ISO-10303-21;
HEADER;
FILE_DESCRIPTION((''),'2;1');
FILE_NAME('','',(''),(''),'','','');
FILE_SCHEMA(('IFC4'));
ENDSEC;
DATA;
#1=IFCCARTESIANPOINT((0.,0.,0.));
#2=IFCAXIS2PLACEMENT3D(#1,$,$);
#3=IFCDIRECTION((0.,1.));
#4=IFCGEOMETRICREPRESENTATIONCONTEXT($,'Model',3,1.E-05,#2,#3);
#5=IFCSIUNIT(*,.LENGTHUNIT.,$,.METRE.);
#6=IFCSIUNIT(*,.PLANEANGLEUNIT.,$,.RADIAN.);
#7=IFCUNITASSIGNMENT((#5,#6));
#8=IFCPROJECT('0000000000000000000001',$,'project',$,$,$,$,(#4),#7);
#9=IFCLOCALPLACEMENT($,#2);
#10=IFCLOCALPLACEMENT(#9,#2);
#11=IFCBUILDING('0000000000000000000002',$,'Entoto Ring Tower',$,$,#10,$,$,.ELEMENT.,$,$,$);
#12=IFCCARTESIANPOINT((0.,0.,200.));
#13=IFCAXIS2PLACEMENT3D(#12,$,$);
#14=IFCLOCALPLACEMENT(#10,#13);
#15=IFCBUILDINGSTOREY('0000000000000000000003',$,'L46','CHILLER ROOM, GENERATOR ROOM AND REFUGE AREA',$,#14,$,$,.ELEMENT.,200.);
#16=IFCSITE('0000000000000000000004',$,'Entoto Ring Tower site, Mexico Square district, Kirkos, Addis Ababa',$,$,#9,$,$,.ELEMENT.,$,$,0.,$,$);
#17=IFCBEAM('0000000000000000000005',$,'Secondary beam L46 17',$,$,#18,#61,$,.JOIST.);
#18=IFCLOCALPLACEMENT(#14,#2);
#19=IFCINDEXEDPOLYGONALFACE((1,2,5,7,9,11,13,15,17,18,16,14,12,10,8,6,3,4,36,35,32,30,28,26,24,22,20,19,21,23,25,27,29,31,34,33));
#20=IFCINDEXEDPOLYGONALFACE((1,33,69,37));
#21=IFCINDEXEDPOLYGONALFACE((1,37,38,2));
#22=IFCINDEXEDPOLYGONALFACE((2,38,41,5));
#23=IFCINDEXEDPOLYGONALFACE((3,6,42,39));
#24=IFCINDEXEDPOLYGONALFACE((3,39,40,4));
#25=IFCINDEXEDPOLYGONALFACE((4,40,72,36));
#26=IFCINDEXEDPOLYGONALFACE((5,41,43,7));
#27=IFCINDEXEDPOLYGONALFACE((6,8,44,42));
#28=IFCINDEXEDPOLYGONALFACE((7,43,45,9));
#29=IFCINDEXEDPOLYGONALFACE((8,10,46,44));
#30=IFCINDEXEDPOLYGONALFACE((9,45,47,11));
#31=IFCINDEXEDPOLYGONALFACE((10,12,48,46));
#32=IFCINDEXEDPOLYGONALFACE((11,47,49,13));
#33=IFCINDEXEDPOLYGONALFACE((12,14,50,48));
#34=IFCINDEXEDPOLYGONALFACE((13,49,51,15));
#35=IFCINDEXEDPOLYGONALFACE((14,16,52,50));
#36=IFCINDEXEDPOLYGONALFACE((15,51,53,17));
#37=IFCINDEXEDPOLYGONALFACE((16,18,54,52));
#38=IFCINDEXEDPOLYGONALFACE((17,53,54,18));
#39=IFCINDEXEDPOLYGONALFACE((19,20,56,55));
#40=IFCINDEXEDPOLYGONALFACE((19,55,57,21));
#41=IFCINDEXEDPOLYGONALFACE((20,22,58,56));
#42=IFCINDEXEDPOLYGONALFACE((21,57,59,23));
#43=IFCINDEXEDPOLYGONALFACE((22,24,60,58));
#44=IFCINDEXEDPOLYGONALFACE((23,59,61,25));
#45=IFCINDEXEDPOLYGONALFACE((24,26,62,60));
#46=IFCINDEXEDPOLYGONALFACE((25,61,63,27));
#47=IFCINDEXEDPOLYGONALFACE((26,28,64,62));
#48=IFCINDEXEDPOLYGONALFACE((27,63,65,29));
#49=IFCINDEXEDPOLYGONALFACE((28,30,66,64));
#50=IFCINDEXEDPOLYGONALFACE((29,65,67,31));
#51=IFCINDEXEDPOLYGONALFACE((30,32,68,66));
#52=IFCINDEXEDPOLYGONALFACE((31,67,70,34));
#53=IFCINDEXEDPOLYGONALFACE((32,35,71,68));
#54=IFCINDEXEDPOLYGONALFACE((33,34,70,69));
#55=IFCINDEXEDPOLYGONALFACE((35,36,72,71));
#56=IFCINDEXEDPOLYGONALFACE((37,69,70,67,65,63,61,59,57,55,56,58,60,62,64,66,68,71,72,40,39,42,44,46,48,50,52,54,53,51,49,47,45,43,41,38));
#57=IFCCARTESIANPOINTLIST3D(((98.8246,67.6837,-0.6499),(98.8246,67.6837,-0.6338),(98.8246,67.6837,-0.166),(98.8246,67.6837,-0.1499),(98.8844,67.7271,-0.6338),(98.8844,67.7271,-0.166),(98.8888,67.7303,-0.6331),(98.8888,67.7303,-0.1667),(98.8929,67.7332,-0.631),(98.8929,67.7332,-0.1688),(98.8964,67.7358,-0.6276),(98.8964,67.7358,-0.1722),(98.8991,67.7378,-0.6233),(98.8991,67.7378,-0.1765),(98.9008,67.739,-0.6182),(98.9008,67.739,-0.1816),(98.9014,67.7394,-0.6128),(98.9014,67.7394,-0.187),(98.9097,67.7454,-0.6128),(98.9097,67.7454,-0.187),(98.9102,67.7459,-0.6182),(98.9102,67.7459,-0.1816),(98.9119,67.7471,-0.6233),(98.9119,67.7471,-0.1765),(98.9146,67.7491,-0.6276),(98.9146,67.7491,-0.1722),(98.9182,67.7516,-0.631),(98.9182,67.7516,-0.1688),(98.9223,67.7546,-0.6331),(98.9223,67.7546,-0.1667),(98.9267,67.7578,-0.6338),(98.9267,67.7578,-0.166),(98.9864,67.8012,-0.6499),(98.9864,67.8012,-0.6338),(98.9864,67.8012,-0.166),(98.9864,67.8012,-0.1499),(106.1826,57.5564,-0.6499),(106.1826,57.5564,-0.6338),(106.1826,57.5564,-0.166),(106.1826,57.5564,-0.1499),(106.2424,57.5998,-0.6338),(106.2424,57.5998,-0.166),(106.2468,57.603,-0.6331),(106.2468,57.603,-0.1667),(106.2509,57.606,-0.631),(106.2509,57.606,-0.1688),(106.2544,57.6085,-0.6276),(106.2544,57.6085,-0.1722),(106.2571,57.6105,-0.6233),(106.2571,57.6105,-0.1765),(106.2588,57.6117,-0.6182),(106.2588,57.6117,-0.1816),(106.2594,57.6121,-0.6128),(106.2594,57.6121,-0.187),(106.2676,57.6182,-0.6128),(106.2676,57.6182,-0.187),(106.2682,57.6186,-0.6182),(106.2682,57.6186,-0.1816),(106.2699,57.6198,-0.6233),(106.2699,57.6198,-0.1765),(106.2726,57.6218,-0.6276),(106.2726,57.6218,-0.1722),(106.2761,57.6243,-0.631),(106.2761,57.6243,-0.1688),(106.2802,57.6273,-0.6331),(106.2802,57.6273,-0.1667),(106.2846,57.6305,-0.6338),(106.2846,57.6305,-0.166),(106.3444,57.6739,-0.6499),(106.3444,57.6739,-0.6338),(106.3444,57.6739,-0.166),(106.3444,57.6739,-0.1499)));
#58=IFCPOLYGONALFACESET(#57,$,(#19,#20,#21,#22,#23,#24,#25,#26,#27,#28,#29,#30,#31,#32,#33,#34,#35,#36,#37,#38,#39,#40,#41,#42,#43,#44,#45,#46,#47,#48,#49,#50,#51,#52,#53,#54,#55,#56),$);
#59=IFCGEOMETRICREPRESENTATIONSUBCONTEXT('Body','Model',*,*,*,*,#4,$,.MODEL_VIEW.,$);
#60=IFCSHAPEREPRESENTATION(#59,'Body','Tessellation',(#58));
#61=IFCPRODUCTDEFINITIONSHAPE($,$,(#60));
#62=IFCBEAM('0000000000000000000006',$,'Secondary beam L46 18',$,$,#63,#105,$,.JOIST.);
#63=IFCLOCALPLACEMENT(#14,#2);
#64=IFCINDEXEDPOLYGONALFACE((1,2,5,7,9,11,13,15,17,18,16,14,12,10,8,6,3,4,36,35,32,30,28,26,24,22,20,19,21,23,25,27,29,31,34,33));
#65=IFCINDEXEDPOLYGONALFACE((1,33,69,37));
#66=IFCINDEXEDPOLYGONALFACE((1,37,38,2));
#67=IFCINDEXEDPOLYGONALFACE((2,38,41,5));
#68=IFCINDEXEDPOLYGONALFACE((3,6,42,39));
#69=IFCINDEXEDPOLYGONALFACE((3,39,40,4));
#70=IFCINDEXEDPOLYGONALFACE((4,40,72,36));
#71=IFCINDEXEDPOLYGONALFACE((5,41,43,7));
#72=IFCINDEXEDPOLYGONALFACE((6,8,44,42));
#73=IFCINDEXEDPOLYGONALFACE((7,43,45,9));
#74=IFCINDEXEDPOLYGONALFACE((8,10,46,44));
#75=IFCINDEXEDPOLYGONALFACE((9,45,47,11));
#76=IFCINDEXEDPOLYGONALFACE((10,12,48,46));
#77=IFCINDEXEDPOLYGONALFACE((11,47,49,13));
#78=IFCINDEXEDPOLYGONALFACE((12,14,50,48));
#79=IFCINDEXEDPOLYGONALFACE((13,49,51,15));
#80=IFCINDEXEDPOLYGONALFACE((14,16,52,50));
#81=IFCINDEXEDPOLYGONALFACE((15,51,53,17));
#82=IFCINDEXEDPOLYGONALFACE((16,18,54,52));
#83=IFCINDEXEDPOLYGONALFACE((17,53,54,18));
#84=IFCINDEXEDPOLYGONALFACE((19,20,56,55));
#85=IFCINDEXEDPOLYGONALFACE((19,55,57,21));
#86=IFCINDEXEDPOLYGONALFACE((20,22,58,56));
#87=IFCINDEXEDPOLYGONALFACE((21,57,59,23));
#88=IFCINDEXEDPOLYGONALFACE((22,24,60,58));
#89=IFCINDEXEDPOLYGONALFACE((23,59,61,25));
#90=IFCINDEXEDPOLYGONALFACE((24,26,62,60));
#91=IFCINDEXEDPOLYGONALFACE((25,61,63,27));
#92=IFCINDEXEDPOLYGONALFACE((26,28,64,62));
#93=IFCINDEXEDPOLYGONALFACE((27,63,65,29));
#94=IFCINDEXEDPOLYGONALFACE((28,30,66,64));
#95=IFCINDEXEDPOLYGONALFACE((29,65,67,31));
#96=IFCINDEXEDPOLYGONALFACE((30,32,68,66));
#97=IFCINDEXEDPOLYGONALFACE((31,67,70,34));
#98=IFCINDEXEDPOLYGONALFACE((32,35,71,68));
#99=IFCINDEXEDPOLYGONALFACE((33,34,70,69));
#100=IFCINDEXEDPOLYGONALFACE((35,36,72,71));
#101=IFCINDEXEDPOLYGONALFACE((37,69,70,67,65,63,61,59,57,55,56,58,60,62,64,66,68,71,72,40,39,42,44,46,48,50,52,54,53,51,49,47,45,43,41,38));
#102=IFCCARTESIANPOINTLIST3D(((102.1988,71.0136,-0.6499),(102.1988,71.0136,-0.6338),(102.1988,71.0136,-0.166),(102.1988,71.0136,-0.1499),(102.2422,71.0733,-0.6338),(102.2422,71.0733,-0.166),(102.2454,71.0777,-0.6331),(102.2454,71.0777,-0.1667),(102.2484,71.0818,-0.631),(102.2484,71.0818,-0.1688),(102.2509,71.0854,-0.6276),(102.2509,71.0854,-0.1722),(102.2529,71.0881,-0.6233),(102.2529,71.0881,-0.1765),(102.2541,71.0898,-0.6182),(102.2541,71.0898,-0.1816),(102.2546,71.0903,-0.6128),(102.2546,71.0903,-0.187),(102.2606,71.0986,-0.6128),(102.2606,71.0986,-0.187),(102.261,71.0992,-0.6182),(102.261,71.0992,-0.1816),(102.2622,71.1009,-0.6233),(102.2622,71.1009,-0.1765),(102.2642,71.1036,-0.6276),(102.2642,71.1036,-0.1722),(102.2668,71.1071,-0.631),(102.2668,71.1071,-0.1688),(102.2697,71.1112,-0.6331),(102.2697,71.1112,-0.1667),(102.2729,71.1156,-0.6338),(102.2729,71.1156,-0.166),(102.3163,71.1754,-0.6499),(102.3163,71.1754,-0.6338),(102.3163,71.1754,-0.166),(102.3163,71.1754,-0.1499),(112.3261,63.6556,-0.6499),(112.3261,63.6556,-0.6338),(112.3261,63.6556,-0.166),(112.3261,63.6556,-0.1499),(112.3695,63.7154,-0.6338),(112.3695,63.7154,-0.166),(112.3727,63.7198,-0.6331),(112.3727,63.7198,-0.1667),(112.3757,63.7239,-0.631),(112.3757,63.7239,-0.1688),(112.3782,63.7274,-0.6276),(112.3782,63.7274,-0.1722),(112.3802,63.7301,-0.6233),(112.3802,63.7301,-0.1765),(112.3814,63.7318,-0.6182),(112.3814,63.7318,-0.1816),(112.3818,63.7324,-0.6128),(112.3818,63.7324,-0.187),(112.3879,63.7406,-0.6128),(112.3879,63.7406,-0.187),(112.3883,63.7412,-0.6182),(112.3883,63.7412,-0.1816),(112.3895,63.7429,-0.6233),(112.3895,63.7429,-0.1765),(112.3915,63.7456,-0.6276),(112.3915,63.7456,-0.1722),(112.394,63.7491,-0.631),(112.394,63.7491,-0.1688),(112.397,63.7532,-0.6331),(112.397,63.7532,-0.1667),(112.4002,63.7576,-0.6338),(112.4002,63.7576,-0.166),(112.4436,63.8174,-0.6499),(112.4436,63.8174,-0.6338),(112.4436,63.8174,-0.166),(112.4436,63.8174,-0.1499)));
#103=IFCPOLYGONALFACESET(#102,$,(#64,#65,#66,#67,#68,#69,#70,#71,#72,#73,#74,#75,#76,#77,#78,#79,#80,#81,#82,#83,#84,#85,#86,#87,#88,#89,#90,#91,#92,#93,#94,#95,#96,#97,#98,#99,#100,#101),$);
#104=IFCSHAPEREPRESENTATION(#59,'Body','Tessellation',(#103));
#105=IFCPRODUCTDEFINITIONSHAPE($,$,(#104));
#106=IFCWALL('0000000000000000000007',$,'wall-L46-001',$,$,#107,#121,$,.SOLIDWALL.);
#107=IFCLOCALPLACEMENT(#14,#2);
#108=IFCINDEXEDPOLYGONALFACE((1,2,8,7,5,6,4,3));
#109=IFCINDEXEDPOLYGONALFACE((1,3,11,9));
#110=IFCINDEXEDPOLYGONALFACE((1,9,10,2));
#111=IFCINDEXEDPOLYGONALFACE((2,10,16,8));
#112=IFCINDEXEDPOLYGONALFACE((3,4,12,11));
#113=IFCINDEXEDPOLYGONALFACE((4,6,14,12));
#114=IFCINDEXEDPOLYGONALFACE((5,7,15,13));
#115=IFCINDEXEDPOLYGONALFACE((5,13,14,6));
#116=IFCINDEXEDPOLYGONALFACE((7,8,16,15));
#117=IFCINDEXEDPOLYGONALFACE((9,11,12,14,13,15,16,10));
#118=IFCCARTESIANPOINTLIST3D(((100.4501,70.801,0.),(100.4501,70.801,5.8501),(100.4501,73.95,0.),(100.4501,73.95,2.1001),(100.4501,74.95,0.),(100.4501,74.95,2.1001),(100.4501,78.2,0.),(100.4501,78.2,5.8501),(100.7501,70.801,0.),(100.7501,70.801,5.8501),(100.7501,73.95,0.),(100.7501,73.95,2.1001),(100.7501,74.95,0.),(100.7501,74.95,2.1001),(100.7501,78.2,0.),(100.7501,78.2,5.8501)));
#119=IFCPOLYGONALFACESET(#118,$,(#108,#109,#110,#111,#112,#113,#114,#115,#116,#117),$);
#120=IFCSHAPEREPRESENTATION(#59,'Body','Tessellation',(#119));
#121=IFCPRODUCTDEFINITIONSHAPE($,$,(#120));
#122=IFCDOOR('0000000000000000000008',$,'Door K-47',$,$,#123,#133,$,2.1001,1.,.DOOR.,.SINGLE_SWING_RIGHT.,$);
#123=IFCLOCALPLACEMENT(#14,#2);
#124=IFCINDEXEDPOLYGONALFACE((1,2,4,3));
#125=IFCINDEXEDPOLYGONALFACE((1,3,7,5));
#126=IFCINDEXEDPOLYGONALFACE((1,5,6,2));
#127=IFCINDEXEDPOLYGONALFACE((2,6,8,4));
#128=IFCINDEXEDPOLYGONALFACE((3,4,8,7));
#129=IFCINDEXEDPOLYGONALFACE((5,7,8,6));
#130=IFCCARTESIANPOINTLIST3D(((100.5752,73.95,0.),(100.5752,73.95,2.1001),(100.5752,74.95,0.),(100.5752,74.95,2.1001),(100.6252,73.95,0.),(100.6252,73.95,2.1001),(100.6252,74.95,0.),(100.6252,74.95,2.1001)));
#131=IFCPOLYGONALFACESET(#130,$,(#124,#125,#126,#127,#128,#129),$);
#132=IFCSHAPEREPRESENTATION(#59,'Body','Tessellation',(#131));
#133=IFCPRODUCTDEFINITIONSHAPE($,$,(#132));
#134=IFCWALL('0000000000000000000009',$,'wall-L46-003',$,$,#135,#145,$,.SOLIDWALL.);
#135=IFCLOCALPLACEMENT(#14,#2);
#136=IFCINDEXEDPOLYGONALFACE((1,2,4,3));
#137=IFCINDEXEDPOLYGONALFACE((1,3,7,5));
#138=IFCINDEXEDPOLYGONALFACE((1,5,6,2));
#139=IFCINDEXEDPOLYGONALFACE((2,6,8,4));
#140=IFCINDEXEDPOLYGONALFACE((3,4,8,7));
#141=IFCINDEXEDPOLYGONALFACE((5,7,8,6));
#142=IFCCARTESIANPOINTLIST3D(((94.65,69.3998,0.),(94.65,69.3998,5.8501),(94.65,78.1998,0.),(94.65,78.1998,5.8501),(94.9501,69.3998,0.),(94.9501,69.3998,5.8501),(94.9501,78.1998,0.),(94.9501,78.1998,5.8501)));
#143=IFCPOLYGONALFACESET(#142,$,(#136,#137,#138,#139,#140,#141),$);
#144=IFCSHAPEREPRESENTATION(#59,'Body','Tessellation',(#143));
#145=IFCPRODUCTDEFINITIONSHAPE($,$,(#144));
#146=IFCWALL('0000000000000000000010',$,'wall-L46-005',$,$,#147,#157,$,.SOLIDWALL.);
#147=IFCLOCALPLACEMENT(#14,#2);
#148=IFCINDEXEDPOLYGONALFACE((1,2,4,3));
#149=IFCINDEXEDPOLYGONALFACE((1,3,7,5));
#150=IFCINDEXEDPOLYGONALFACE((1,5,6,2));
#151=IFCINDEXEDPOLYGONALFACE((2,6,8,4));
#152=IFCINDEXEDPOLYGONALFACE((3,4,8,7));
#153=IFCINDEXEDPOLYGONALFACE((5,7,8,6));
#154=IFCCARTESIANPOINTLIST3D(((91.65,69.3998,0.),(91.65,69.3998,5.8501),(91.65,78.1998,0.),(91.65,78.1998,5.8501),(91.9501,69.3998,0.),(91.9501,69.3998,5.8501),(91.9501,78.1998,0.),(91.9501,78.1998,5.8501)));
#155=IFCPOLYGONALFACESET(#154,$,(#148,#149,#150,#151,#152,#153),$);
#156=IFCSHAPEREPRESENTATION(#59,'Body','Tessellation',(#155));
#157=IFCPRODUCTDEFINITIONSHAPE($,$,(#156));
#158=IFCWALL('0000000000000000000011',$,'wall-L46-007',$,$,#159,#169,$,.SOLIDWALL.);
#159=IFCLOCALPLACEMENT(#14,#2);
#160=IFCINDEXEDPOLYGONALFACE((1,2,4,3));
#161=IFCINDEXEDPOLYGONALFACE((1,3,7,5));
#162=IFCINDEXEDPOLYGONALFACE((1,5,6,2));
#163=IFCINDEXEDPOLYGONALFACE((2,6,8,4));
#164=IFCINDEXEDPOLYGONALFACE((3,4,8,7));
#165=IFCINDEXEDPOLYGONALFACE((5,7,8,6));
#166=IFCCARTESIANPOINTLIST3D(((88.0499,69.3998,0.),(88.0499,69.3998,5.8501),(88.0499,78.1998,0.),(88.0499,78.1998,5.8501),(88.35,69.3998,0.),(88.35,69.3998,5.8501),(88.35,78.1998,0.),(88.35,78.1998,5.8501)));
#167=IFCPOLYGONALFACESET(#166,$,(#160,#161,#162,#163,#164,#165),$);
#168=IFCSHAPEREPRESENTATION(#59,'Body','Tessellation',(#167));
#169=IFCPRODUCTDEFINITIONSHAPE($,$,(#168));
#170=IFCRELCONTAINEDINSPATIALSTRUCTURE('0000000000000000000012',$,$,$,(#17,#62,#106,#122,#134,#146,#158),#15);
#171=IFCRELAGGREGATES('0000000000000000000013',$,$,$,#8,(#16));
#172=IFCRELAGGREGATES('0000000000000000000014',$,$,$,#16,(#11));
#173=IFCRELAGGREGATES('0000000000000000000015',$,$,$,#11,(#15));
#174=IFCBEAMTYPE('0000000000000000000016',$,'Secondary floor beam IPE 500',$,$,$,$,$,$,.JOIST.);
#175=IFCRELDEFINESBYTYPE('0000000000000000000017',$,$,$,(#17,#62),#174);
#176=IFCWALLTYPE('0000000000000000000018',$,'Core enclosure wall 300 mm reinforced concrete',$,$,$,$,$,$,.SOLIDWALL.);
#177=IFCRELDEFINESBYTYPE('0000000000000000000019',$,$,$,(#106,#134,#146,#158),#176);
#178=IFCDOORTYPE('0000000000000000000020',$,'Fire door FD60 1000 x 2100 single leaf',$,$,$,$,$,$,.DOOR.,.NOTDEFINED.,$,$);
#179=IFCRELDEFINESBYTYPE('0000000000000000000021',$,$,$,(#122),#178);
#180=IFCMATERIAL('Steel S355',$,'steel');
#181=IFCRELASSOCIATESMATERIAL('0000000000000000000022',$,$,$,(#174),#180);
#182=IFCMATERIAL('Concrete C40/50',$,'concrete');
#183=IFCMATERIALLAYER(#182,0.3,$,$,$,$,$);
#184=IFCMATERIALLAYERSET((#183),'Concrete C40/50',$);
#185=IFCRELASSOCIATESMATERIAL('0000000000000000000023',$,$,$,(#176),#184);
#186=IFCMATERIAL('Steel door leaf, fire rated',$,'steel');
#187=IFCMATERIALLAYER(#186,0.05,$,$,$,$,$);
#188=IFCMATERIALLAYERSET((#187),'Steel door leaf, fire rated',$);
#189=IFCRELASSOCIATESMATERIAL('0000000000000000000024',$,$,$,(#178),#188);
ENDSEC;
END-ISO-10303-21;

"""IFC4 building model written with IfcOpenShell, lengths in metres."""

from ifc_helpers import new_model, si_unit, direction, frame, frame_2d, origin, origin_2d, place, context, subcontext, project, spatial, rectangle, i_section, extrude, material, layer, layer_set, material_profile, profile_set, type_object, element, fill, save


model = new_model("IFC4")

# Units and contexts
model_context = context("Model", 3, precision=1e-05, world=origin(), true_north=direction((0.0, 1.0)))
body_context = subcontext(model_context, "Body", "Model", "MODEL_VIEW")
ifc_project = project(units=[si_unit("LENGTHUNIT", "METRE"), si_unit("PLANEANGLEUNIT", "RADIAN")], contexts=[model_context])

# Site, building, storey
site_placement = place(None, origin())
site = spatial("IfcSite", under=ifc_project, at=site_placement, Name="Entoto Ring Tower site, Mexico Square district, Kirkos, Addis Ababa", CompositionType="ELEMENT", RefElevation=0.0)
building_placement = place(site_placement, origin())
building = spatial("IfcBuilding", under=site, at=building_placement, Name="Entoto Ring Tower", CompositionType="ELEMENT")
storey_placement = place(building_placement, frame((0.0, 0.0, 200.0)))
storey = spatial("IfcBuildingStorey", under=building, at=storey_placement, Name="L46", Description="CHILLER ROOM, GENERATOR ROOM AND REFUGE AREA", CompositionType="ELEMENT", Elevation=200.0)

# Beams
ifc_material_1 = material(Name="Steel S355", Category="steel")
ifc_material_profile_1 = material_profile(ifc_material_1, i_section(OverallWidth=0.2, OverallDepth=0.5, WebThickness=0.0103, FlangeThickness=0.0161, FilletRadius=0.021, at=origin_2d()), Name="IPE 500")
ifc_profile_set_1 = profile_set([ifc_material_profile_1], Name="Steel S355")
beam_type_1 = type_object("IfcBeamType", Name="Secondary floor beam IPE 500", PredefinedType="JOIST", material=ifc_profile_set_1)
for number, where, z_axis, x_axis, name in (
    (1, (98.9055, 67.7424, -0.3999), (0.587789, -0.809014, 0.0), (0.809014, 0.587789, 0.0), "Secondary beam L46 17"),
    (2, (102.2576, 71.0945, -0.3999), (0.809014, -0.587789, 0.0), (0.587789, 0.809014, 0.0), "Secondary beam L46 18"),
):
    element("IfcBeam", number, at=place(storey_placement, frame(where, z_axis=z_axis, x_axis=x_axis)), inside=storey, type_object=beam_type_1, Name=name, PredefinedType="JOIST", context=body_context, shape_type="SweptSolid", body=[
        extrude(i_section(OverallWidth=0.2, OverallDepth=0.5, WebThickness=0.0103, FlangeThickness=0.0161, FilletRadius=0.021, at=origin_2d()), origin(), (0.0, 0.0, 1.0), 12.5181),
    ])

# Wall, opening, door
ifc_material_2 = material(Name="Concrete C40/50", Category="concrete")
ifc_layer_1 = layer(ifc_material_2, 0.3)
ifc_layer_set_1 = layer_set([ifc_layer_1], Name="Concrete C40/50")
wall_type_1 = type_object("IfcWallType", Name="Core enclosure wall 300 mm reinforced concrete", PredefinedType="SOLIDWALL", material=ifc_layer_set_1)
wall_1_placement = place(storey_placement, frame((100.6001, 70.801, 0.0), z_axis=(0.0, 0.0, 1.0), x_axis=(0.0, 1.0, 0.0)))
wall_1 = element("IfcWall", 3, at=wall_1_placement, inside=storey, type_object=wall_type_1, Name="wall-L46-001", PredefinedType="SOLIDWALL", context=body_context, shape_type="SweptSolid", body=[
    extrude(rectangle(XDim=7.3989, YDim=0.3, at=frame_2d((3.6995, 0.0))), origin(), (0.0, 0.0, 1.0), 5.8501),
])
opening_1_placement = place(wall_1_placement, frame((3.1489, 0.0, 0.0)))
opening_1 = element("IfcOpeningElement", 4, at=opening_1_placement, cuts=wall_1, PredefinedType="OPENING", context=body_context, shape_type="SweptSolid", body=[
    extrude(rectangle(XDim=1.0, YDim=2.1001, at=frame_2d((0.5, 1.05))), frame((0.0, 0.1602, 0.0), z_axis=(0.0, -1.0, 0.0), x_axis=(1.0, 0.0, 0.0)), (0.0, 0.0, 1.0), 0.3201),
])
ifc_material_3 = material(Name="Steel door leaf, fire rated", Category="steel")
ifc_layer_2 = layer(ifc_material_3, 0.05)
ifc_layer_set_2 = layer_set([ifc_layer_2], Name="Steel door leaf, fire rated")
door_type_1 = type_object("IfcDoorType", Name="Fire door FD60 1000 x 2100 single leaf", OperationType="NOTDEFINED", PredefinedType="DOOR", material=ifc_layer_set_2)
door_1_placement = place(opening_1_placement, origin())
door_1 = element("IfcDoor", 5, at=door_1_placement, inside=storey, type_object=door_type_1, Name="Door K-47", OperationType="SINGLE_SWING_RIGHT", OverallHeight=2.1001, OverallWidth=1.0, PredefinedType="DOOR", context=body_context, shape_type="SweptSolid", body=[
    extrude(rectangle(XDim=1.0, YDim=2.1001, at=frame_2d((0.5, 1.05))), frame((0.0, 0.0249, 0.0), z_axis=(0.0, -1.0, 0.0), x_axis=(1.0, 0.0, 0.0)), (0.0, 0.0, 1.0), 0.05),
])
fill(opening_1, door_1)

# Walls
for number, where, z_axis, x_axis, name in (
    (6, (94.8, 69.3999, 0.0), (0.0, 0.0, 1.0), (0.0, 1.0, 0.0), "wall-L46-003"),
    (7, (91.8, 69.3999, 0.0), (0.0, 0.0, 1.0), (0.0, 1.0, 0.0), "wall-L46-005"),
    (8, (88.2, 69.3999, 0.0), (0.0, 0.0, 1.0), (0.0, 1.0, 0.0), "wall-L46-007"),
):
    element("IfcWall", number, at=place(storey_placement, frame(where, z_axis=z_axis, x_axis=x_axis)), inside=storey, type_object=wall_type_1, Name=name, PredefinedType="SOLIDWALL", context=body_context, shape_type="SweptSolid", body=[
        extrude(rectangle(XDim=8.8, YDim=0.3, at=frame_2d((4.3999, 0.0))), origin(), (0.0, 0.0, 1.0), 5.8501),
    ])

save(model, "model.ifc")
